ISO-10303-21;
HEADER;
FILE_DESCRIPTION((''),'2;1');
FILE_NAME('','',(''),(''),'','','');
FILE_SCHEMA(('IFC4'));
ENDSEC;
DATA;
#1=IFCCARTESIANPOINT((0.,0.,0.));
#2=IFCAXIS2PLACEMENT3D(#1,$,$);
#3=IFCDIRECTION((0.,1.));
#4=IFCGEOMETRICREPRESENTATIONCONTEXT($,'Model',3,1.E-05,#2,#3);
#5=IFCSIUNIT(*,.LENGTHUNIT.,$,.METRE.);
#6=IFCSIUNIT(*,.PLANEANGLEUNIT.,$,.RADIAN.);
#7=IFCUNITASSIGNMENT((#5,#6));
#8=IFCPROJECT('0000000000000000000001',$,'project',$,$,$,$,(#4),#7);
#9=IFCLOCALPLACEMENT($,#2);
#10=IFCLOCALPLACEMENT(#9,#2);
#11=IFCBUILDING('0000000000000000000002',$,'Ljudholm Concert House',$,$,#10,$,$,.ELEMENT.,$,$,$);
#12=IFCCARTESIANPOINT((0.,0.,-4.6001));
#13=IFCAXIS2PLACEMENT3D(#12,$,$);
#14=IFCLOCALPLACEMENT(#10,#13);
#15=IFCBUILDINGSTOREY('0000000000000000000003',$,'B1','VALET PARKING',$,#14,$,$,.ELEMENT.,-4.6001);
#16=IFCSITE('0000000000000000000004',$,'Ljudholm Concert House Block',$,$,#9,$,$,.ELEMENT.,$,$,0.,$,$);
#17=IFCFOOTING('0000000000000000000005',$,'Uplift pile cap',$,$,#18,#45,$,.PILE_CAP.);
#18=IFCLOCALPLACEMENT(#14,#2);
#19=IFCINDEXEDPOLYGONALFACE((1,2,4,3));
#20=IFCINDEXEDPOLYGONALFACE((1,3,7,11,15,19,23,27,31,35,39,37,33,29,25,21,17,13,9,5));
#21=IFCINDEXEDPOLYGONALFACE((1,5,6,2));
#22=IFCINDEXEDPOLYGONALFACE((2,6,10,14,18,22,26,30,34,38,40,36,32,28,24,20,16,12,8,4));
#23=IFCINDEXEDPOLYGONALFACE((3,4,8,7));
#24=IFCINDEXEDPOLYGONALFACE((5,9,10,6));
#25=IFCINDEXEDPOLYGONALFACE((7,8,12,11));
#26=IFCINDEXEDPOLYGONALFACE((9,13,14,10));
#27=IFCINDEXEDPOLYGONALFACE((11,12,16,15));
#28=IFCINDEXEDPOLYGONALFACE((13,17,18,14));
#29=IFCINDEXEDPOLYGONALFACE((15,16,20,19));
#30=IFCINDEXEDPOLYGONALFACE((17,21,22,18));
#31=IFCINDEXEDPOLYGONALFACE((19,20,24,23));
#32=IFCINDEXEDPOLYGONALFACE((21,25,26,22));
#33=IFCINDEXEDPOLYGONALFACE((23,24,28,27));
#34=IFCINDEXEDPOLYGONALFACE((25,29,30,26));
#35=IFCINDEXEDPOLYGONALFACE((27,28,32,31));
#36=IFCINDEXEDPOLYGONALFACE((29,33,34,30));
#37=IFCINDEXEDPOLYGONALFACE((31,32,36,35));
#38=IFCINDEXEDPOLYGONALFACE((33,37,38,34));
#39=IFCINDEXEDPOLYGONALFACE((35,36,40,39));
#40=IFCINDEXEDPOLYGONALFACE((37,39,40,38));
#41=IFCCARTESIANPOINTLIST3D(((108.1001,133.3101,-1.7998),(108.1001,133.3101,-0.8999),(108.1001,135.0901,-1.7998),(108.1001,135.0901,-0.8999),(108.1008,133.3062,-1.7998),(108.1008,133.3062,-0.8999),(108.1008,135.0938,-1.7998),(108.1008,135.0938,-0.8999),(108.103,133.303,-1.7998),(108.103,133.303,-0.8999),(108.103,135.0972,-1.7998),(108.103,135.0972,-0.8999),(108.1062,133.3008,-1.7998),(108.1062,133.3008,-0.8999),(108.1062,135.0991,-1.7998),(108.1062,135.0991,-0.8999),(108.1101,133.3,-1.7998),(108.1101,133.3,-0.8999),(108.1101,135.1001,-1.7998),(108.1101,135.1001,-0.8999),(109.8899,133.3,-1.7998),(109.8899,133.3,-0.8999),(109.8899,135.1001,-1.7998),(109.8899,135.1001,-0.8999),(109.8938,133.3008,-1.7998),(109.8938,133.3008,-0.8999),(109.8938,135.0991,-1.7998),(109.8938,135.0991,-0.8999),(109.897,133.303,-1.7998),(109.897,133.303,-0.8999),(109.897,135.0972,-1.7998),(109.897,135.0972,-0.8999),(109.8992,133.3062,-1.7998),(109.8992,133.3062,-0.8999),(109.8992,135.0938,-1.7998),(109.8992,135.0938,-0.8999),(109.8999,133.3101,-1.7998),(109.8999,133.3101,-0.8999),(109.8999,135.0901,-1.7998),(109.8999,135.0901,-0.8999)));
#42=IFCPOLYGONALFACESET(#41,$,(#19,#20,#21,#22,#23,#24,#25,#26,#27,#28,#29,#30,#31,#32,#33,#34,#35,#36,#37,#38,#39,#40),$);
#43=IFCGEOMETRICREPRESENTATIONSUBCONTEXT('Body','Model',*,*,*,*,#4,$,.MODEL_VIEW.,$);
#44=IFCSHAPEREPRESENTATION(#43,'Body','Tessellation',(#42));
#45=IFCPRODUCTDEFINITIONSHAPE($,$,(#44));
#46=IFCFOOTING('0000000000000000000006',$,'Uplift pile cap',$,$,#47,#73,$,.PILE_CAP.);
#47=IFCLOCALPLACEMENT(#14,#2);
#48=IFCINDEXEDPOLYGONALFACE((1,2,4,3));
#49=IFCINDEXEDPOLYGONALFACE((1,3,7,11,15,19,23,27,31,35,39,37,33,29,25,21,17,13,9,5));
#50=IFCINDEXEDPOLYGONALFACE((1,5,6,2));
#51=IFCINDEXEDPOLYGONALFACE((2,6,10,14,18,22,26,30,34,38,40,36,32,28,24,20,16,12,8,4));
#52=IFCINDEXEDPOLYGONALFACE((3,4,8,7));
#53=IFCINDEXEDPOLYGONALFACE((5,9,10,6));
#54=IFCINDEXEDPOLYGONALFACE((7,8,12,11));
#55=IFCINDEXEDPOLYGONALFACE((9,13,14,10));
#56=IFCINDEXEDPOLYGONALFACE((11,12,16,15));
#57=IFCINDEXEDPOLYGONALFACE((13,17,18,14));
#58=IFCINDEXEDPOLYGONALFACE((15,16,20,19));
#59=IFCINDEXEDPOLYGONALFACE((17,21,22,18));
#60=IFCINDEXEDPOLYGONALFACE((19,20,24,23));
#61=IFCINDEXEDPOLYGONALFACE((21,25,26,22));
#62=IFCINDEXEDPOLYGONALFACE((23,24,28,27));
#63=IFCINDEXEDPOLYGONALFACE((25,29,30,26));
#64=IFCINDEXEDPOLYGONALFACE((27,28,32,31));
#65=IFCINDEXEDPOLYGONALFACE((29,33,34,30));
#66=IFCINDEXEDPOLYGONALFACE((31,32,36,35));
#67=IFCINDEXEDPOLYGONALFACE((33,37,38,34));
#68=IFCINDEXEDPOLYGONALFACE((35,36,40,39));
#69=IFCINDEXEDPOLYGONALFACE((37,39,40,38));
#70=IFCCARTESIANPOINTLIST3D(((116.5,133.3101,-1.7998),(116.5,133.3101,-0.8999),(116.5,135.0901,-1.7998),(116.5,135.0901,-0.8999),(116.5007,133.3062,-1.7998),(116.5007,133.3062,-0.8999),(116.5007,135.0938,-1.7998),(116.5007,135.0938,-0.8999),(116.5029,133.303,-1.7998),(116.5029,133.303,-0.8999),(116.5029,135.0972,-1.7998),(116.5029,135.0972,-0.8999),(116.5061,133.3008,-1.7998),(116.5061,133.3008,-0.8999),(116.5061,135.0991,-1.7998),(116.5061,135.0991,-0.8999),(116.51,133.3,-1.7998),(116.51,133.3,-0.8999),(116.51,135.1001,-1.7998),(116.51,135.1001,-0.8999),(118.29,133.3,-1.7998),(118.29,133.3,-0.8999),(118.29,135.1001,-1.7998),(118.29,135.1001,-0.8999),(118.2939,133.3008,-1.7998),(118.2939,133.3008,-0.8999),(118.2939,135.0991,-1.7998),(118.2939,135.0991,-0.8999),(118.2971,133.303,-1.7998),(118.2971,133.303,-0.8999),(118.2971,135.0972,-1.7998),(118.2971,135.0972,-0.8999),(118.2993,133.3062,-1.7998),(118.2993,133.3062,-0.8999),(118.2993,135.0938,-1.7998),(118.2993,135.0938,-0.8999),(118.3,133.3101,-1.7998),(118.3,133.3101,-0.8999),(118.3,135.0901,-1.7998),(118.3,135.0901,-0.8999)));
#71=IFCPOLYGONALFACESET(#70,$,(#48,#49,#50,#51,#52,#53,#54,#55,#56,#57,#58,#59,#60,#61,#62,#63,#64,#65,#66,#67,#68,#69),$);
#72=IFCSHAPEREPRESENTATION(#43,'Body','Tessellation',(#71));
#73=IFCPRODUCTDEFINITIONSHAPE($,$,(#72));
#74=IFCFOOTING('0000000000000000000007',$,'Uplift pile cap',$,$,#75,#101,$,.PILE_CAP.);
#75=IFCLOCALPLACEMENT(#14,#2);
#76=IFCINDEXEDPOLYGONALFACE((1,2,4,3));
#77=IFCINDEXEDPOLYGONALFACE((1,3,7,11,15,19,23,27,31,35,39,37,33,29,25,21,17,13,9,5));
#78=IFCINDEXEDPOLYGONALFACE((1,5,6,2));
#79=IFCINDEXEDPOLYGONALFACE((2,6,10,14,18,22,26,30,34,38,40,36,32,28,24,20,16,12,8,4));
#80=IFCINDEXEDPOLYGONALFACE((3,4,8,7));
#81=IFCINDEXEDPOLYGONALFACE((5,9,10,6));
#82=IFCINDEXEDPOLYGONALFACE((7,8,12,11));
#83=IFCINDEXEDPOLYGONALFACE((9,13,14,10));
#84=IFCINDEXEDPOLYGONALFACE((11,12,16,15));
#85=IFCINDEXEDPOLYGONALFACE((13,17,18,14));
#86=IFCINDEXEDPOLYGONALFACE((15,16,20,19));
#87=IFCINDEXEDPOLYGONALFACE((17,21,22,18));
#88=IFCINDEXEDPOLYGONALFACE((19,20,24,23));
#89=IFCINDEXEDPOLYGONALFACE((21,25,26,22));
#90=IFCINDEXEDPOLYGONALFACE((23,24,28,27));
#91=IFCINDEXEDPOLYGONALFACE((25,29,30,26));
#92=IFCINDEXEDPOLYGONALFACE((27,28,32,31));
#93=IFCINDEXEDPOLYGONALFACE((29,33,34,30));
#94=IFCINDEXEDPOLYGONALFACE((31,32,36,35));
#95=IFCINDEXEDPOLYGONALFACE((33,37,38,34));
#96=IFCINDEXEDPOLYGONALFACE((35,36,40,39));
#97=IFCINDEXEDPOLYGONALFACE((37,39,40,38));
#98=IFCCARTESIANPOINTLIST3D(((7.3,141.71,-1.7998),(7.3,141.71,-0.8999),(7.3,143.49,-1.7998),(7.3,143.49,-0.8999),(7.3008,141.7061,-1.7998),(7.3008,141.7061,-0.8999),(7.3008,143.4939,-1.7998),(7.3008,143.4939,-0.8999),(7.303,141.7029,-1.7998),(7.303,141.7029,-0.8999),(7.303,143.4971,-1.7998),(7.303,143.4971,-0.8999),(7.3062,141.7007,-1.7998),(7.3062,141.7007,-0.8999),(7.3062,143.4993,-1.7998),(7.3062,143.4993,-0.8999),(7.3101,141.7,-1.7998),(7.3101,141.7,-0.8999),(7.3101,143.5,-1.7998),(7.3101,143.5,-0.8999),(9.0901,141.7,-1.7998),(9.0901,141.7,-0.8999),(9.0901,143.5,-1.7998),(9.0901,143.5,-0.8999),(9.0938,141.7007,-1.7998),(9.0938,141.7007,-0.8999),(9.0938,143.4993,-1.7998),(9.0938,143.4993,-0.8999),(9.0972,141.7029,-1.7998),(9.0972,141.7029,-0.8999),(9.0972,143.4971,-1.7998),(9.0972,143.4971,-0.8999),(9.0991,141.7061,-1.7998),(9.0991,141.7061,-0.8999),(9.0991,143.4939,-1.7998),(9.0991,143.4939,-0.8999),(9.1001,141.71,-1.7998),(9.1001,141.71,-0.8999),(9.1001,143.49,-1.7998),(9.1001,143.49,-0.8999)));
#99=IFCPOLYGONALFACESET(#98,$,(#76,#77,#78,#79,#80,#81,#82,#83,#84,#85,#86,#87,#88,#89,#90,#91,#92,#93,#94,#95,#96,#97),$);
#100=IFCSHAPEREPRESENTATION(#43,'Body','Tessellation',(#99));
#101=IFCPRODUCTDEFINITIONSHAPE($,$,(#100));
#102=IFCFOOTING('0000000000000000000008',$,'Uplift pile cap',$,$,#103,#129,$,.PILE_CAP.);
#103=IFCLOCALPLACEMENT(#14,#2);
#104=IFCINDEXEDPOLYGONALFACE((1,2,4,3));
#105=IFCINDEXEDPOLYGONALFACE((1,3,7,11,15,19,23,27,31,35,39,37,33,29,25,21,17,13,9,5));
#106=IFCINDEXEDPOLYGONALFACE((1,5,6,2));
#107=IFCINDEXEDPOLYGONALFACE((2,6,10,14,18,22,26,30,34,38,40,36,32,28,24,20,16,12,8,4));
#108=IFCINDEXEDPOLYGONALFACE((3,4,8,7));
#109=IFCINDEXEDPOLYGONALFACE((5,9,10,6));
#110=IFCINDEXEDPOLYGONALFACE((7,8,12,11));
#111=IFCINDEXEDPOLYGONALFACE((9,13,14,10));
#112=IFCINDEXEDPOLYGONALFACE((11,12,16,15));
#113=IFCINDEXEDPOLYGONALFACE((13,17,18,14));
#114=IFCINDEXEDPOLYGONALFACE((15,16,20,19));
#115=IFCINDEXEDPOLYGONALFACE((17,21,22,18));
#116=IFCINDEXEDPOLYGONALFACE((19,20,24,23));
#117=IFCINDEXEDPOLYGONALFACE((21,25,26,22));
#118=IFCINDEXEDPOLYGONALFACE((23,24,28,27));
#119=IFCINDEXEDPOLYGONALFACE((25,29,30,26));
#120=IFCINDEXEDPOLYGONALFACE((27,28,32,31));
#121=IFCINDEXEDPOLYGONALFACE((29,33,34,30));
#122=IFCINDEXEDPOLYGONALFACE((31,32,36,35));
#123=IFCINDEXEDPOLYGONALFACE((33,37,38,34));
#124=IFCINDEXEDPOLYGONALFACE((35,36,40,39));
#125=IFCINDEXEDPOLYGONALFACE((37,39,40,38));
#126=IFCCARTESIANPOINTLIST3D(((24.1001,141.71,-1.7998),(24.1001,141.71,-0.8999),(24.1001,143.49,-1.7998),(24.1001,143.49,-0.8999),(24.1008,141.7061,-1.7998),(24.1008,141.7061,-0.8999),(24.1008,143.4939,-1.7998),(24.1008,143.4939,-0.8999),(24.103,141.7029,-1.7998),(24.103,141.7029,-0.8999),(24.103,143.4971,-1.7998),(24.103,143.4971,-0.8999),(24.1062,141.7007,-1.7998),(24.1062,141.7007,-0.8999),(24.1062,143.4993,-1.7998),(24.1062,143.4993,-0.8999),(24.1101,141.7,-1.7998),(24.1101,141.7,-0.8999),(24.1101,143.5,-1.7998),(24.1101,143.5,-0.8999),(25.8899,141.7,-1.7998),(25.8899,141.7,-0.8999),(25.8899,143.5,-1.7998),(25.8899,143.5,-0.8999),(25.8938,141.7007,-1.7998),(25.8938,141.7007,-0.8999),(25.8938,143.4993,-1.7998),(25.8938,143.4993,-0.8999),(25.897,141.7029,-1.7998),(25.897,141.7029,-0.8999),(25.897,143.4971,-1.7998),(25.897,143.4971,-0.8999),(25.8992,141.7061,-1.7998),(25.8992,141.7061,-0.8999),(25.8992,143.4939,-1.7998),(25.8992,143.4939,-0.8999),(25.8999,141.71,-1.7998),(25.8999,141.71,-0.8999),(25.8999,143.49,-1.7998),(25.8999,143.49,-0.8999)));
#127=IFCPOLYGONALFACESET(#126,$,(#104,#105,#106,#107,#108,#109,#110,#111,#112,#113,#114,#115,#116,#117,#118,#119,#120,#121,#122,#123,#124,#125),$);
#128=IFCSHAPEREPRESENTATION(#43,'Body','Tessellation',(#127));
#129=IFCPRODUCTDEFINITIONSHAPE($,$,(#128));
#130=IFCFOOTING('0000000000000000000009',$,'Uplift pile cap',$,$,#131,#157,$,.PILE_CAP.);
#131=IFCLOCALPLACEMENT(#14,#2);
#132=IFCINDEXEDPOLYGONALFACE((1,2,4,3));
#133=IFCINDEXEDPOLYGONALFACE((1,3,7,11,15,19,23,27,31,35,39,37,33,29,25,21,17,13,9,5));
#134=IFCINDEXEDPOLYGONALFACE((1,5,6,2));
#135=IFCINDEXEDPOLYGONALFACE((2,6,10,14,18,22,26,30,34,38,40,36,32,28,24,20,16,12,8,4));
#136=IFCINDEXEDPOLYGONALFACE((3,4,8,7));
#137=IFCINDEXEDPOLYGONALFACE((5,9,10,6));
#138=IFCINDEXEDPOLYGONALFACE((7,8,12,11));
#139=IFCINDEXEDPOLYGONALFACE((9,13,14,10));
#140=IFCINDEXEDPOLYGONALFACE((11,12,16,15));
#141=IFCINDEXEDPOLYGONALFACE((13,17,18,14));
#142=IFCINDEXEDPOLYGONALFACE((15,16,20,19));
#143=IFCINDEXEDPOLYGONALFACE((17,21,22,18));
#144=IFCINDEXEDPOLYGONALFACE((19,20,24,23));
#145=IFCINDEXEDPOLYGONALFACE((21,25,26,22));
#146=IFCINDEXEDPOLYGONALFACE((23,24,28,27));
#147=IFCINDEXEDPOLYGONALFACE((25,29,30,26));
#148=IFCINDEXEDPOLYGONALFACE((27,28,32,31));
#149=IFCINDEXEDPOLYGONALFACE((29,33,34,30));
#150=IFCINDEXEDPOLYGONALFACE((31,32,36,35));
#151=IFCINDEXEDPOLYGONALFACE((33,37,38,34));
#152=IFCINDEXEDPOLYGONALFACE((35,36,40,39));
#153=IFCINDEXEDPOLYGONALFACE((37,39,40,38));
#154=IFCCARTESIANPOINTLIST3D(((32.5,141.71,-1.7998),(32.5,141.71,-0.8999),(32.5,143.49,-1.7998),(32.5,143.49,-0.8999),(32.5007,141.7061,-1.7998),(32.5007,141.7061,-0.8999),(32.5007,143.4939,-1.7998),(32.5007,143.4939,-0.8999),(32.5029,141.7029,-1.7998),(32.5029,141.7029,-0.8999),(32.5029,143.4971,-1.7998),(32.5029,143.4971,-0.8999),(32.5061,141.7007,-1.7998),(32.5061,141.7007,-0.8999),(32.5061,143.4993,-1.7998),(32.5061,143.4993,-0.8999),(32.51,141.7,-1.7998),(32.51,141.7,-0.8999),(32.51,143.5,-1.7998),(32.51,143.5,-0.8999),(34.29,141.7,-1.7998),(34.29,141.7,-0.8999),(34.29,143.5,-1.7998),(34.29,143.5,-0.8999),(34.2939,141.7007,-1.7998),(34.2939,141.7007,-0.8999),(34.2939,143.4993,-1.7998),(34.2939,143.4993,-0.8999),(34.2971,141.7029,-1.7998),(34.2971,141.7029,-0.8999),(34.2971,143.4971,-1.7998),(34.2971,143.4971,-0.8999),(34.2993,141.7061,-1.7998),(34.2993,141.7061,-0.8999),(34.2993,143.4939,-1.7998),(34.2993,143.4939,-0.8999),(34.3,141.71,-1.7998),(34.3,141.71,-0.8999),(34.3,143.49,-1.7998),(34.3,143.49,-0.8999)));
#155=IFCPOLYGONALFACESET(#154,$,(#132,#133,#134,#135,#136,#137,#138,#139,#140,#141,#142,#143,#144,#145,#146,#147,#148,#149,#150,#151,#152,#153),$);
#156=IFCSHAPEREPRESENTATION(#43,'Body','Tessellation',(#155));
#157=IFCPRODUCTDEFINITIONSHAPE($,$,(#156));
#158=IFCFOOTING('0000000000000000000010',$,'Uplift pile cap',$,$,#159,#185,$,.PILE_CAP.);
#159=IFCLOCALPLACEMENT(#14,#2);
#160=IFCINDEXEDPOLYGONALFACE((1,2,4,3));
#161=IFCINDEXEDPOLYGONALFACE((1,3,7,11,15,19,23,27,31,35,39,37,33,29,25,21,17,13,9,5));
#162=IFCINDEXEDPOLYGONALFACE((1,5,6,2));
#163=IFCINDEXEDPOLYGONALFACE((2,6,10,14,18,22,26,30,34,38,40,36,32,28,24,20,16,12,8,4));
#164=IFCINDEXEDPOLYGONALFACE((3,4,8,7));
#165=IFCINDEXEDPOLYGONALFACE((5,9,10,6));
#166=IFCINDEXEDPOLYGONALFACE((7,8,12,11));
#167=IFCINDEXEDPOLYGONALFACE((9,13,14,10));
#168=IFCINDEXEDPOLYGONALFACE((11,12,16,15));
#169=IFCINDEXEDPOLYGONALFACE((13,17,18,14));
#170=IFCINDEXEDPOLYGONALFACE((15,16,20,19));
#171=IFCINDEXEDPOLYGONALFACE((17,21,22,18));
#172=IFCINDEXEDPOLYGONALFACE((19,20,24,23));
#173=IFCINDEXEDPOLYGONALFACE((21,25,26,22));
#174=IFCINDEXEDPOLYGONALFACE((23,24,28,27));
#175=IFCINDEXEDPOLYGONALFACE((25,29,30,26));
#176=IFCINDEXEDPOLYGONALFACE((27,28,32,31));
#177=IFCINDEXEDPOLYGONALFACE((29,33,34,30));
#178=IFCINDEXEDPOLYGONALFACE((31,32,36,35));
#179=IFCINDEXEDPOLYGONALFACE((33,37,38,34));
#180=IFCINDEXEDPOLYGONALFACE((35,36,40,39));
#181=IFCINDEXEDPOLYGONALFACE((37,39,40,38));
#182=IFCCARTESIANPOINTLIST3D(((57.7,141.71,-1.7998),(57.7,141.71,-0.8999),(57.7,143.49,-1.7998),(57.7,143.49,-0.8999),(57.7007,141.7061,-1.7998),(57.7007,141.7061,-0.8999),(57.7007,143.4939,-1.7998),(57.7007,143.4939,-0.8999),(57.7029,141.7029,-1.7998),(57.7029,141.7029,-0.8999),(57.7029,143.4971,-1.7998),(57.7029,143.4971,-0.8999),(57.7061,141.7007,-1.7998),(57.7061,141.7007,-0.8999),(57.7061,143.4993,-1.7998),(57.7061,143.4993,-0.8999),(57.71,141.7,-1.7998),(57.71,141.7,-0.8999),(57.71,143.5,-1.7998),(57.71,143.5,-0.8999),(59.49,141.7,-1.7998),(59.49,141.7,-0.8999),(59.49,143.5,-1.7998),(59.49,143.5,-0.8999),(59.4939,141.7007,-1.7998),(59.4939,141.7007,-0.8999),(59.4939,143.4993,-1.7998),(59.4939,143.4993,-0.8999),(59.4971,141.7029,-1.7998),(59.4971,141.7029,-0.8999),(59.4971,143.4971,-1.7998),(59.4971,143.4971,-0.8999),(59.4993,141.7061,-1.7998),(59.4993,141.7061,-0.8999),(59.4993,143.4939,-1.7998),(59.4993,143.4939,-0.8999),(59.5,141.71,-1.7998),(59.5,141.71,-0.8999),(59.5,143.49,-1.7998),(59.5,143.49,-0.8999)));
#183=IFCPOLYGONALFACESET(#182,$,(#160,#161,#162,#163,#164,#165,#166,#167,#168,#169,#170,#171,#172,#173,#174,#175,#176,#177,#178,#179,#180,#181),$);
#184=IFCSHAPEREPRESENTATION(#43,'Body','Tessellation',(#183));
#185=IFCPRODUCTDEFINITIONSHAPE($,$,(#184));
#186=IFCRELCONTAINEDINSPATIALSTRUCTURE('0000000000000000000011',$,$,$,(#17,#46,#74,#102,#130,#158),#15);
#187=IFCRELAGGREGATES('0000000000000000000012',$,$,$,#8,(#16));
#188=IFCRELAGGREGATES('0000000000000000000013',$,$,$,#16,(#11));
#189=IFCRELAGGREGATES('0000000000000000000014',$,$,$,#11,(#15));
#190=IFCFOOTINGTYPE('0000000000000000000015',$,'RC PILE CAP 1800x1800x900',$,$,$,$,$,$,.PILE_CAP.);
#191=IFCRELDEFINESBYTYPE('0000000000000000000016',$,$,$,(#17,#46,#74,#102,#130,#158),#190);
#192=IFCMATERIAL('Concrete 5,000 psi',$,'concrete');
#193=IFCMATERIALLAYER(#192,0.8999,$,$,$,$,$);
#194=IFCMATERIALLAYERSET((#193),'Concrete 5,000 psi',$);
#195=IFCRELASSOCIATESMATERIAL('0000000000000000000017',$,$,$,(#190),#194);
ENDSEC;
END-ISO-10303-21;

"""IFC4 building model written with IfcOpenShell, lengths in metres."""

from ifc_helpers import new_model, si_unit, direction, frame, origin, place, context, subcontext, project, spatial, polyline, outline, extrude, material, layer, layer_set, type_object, element, save


model = new_model("IFC4")

# Units and contexts
model_context = context("Model", 3, precision=1e-05, world=origin(), true_north=direction((0.0, 1.0)))
body_context = subcontext(model_context, "Body", "Model", "MODEL_VIEW")
ifc_project = project(units=[si_unit("LENGTHUNIT", "METRE"), si_unit("PLANEANGLEUNIT", "RADIAN")], contexts=[model_context])

# Site, building, storey
site_placement = place(None, origin())
site = spatial("IfcSite", under=ifc_project, at=site_placement, Name="Ljudholm Concert House Block", CompositionType="ELEMENT", RefElevation=0.0)
building_placement = place(site_placement, origin())
building = spatial("IfcBuilding", under=site, at=building_placement, Name="Ljudholm Concert House", CompositionType="ELEMENT")
storey_placement = place(building_placement, frame((0.0, 0.0, -4.6001)))
storey = spatial("IfcBuildingStorey", under=building, at=storey_placement, Name="B1", Description="VALET PARKING", CompositionType="ELEMENT", Elevation=-4.6001)

# Footings
ifc_material_1 = material(Name="Concrete 5,000 psi", Category="concrete")
ifc_layer_1 = layer(ifc_material_1, 0.8999)
ifc_layer_set_1 = layer_set([ifc_layer_1], Name="Concrete 5,000 psi")
footing_type_1 = type_object("IfcFootingType", Name="RC PILE CAP 1800x1800x900", PredefinedType="PILE_CAP", material=ifc_layer_set_1)
footing_1_placement = place(storey_placement, frame((0.0, 0.0, -1.7998)))
element("IfcFooting", 1, at=footing_1_placement, inside=storey, type_object=footing_type_1, Name="Uplift pile cap", PredefinedType="PILE_CAP", context=body_context, shape_type="SweptSolid", body=[
    extrude(outline(polyline([(108.1101, 133.3), (109.8899, 133.3), (109.8938, 133.3008), (109.897, 133.303), (109.8992, 133.3062), (109.8999, 133.3101), (109.8999, 135.0901), (109.8992, 135.0938), (109.897, 135.0972), (109.8938, 135.0991), (109.8899, 135.1001), (108.1101, 135.1001), (108.1062, 135.0991), (108.103, 135.0972), (108.1008, 135.0938), (108.1001, 135.0901), (108.1001, 133.3101), (108.1008, 133.3062), (108.103, 133.303), (108.1062, 133.3008), (108.1101, 133.3)])), origin(), (0.0, 0.0, 1.0), 0.8999),
])
footing_2_placement = place(storey_placement, frame((0.0, 0.0, -1.7998)))
element("IfcFooting", 2, at=footing_2_placement, inside=storey, type_object=footing_type_1, Name="Uplift pile cap", PredefinedType="PILE_CAP", context=body_context, shape_type="SweptSolid", body=[
    extrude(outline(polyline([(116.51, 133.3), (118.29, 133.3), (118.2939, 133.3008), (118.2971, 133.303), (118.2993, 133.3062), (118.3, 133.3101), (118.3, 135.0901), (118.2993, 135.0938), (118.2971, 135.0972), (118.2939, 135.0991), (118.29, 135.1001), (116.51, 135.1001), (116.5061, 135.0991), (116.5029, 135.0972), (116.5007, 135.0938), (116.5, 135.0901), (116.5, 133.3101), (116.5007, 133.3062), (116.5029, 133.303), (116.5061, 133.3008), (116.51, 133.3)])), origin(), (0.0, 0.0, 1.0), 0.8999),
])
footing_3_placement = place(storey_placement, frame((0.0, 0.0, -1.7998)))
element("IfcFooting", 3, at=footing_3_placement, inside=storey, type_object=footing_type_1, Name="Uplift pile cap", PredefinedType="PILE_CAP", context=body_context, shape_type="SweptSolid", body=[
    extrude(outline(polyline([(7.3, 143.49), (7.3, 141.71), (7.3008, 141.7061), (7.303, 141.7029), (7.3062, 141.7007), (7.3101, 141.7), (9.0901, 141.7), (9.0938, 141.7007), (9.0972, 141.7029), (9.0991, 141.7061), (9.1001, 141.71), (9.1001, 143.49), (9.0991, 143.4939), (9.0972, 143.4971), (9.0938, 143.4993), (9.0901, 143.5), (7.3101, 143.5), (7.3062, 143.4993), (7.303, 143.4971), (7.3008, 143.4939), (7.3, 143.49)])), origin(), (0.0, 0.0, 1.0), 0.8999),
])
footing_4_placement = place(storey_placement, frame((0.0, 0.0, -1.7998)))
element("IfcFooting", 4, at=footing_4_placement, inside=storey, type_object=footing_type_1, Name="Uplift pile cap", PredefinedType="PILE_CAP", context=body_context, shape_type="SweptSolid", body=[
    extrude(outline(polyline([(24.1001, 143.49), (24.1001, 141.71), (24.1008, 141.7061), (24.103, 141.7029), (24.1062, 141.7007), (24.1101, 141.7), (25.8899, 141.7), (25.8938, 141.7007), (25.897, 141.7029), (25.8992, 141.7061), (25.8999, 141.71), (25.8999, 143.49), (25.8992, 143.4939), (25.897, 143.4971), (25.8938, 143.4993), (25.8899, 143.5), (24.1101, 143.5), (24.1062, 143.4993), (24.103, 143.4971), (24.1008, 143.4939), (24.1001, 143.49)])), origin(), (0.0, 0.0, 1.0), 0.8999),
])
footing_5_placement = place(storey_placement, frame((0.0, 0.0, -1.7998)))
element("IfcFooting", 5, at=footing_5_placement, inside=storey, type_object=footing_type_1, Name="Uplift pile cap", PredefinedType="PILE_CAP", context=body_context, shape_type="SweptSolid", body=[
    extrude(outline(polyline([(32.5, 143.49), (32.5, 141.71), (32.5007, 141.7061), (32.5029, 141.7029), (32.5061, 141.7007), (32.51, 141.7), (34.29, 141.7), (34.2939, 141.7007), (34.2971, 141.7029), (34.2993, 141.7061), (34.3, 141.71), (34.3, 143.49), (34.2993, 143.4939), (34.2971, 143.4971), (34.2939, 143.4993), (34.29, 143.5), (32.51, 143.5), (32.5061, 143.4993), (32.5029, 143.4971), (32.5007, 143.4939), (32.5, 143.49)])), origin(), (0.0, 0.0, 1.0), 0.8999),
])
footing_6_placement = place(storey_placement, frame((0.0, 0.0, -1.7998)))
element("IfcFooting", 6, at=footing_6_placement, inside=storey, type_object=footing_type_1, Name="Uplift pile cap", PredefinedType="PILE_CAP", context=body_context, shape_type="SweptSolid", body=[
    extrude(outline(polyline([(57.7, 143.49), (57.7, 141.71), (57.7007, 141.7061), (57.7029, 141.7029), (57.7061, 141.7007), (57.71, 141.7), (59.49, 141.7), (59.4939, 141.7007), (59.4971, 141.7029), (59.4993, 141.7061), (59.5, 141.71), (59.5, 143.49), (59.4993, 143.4939), (59.4971, 143.4971), (59.4939, 143.4993), (59.49, 143.5), (57.71, 143.5), (57.7061, 143.4993), (57.7029, 143.4971), (57.7007, 143.4939), (57.7, 143.49)])), origin(), (0.0, 0.0, 1.0), 0.8999),
])

save(model, "model.ifc")
